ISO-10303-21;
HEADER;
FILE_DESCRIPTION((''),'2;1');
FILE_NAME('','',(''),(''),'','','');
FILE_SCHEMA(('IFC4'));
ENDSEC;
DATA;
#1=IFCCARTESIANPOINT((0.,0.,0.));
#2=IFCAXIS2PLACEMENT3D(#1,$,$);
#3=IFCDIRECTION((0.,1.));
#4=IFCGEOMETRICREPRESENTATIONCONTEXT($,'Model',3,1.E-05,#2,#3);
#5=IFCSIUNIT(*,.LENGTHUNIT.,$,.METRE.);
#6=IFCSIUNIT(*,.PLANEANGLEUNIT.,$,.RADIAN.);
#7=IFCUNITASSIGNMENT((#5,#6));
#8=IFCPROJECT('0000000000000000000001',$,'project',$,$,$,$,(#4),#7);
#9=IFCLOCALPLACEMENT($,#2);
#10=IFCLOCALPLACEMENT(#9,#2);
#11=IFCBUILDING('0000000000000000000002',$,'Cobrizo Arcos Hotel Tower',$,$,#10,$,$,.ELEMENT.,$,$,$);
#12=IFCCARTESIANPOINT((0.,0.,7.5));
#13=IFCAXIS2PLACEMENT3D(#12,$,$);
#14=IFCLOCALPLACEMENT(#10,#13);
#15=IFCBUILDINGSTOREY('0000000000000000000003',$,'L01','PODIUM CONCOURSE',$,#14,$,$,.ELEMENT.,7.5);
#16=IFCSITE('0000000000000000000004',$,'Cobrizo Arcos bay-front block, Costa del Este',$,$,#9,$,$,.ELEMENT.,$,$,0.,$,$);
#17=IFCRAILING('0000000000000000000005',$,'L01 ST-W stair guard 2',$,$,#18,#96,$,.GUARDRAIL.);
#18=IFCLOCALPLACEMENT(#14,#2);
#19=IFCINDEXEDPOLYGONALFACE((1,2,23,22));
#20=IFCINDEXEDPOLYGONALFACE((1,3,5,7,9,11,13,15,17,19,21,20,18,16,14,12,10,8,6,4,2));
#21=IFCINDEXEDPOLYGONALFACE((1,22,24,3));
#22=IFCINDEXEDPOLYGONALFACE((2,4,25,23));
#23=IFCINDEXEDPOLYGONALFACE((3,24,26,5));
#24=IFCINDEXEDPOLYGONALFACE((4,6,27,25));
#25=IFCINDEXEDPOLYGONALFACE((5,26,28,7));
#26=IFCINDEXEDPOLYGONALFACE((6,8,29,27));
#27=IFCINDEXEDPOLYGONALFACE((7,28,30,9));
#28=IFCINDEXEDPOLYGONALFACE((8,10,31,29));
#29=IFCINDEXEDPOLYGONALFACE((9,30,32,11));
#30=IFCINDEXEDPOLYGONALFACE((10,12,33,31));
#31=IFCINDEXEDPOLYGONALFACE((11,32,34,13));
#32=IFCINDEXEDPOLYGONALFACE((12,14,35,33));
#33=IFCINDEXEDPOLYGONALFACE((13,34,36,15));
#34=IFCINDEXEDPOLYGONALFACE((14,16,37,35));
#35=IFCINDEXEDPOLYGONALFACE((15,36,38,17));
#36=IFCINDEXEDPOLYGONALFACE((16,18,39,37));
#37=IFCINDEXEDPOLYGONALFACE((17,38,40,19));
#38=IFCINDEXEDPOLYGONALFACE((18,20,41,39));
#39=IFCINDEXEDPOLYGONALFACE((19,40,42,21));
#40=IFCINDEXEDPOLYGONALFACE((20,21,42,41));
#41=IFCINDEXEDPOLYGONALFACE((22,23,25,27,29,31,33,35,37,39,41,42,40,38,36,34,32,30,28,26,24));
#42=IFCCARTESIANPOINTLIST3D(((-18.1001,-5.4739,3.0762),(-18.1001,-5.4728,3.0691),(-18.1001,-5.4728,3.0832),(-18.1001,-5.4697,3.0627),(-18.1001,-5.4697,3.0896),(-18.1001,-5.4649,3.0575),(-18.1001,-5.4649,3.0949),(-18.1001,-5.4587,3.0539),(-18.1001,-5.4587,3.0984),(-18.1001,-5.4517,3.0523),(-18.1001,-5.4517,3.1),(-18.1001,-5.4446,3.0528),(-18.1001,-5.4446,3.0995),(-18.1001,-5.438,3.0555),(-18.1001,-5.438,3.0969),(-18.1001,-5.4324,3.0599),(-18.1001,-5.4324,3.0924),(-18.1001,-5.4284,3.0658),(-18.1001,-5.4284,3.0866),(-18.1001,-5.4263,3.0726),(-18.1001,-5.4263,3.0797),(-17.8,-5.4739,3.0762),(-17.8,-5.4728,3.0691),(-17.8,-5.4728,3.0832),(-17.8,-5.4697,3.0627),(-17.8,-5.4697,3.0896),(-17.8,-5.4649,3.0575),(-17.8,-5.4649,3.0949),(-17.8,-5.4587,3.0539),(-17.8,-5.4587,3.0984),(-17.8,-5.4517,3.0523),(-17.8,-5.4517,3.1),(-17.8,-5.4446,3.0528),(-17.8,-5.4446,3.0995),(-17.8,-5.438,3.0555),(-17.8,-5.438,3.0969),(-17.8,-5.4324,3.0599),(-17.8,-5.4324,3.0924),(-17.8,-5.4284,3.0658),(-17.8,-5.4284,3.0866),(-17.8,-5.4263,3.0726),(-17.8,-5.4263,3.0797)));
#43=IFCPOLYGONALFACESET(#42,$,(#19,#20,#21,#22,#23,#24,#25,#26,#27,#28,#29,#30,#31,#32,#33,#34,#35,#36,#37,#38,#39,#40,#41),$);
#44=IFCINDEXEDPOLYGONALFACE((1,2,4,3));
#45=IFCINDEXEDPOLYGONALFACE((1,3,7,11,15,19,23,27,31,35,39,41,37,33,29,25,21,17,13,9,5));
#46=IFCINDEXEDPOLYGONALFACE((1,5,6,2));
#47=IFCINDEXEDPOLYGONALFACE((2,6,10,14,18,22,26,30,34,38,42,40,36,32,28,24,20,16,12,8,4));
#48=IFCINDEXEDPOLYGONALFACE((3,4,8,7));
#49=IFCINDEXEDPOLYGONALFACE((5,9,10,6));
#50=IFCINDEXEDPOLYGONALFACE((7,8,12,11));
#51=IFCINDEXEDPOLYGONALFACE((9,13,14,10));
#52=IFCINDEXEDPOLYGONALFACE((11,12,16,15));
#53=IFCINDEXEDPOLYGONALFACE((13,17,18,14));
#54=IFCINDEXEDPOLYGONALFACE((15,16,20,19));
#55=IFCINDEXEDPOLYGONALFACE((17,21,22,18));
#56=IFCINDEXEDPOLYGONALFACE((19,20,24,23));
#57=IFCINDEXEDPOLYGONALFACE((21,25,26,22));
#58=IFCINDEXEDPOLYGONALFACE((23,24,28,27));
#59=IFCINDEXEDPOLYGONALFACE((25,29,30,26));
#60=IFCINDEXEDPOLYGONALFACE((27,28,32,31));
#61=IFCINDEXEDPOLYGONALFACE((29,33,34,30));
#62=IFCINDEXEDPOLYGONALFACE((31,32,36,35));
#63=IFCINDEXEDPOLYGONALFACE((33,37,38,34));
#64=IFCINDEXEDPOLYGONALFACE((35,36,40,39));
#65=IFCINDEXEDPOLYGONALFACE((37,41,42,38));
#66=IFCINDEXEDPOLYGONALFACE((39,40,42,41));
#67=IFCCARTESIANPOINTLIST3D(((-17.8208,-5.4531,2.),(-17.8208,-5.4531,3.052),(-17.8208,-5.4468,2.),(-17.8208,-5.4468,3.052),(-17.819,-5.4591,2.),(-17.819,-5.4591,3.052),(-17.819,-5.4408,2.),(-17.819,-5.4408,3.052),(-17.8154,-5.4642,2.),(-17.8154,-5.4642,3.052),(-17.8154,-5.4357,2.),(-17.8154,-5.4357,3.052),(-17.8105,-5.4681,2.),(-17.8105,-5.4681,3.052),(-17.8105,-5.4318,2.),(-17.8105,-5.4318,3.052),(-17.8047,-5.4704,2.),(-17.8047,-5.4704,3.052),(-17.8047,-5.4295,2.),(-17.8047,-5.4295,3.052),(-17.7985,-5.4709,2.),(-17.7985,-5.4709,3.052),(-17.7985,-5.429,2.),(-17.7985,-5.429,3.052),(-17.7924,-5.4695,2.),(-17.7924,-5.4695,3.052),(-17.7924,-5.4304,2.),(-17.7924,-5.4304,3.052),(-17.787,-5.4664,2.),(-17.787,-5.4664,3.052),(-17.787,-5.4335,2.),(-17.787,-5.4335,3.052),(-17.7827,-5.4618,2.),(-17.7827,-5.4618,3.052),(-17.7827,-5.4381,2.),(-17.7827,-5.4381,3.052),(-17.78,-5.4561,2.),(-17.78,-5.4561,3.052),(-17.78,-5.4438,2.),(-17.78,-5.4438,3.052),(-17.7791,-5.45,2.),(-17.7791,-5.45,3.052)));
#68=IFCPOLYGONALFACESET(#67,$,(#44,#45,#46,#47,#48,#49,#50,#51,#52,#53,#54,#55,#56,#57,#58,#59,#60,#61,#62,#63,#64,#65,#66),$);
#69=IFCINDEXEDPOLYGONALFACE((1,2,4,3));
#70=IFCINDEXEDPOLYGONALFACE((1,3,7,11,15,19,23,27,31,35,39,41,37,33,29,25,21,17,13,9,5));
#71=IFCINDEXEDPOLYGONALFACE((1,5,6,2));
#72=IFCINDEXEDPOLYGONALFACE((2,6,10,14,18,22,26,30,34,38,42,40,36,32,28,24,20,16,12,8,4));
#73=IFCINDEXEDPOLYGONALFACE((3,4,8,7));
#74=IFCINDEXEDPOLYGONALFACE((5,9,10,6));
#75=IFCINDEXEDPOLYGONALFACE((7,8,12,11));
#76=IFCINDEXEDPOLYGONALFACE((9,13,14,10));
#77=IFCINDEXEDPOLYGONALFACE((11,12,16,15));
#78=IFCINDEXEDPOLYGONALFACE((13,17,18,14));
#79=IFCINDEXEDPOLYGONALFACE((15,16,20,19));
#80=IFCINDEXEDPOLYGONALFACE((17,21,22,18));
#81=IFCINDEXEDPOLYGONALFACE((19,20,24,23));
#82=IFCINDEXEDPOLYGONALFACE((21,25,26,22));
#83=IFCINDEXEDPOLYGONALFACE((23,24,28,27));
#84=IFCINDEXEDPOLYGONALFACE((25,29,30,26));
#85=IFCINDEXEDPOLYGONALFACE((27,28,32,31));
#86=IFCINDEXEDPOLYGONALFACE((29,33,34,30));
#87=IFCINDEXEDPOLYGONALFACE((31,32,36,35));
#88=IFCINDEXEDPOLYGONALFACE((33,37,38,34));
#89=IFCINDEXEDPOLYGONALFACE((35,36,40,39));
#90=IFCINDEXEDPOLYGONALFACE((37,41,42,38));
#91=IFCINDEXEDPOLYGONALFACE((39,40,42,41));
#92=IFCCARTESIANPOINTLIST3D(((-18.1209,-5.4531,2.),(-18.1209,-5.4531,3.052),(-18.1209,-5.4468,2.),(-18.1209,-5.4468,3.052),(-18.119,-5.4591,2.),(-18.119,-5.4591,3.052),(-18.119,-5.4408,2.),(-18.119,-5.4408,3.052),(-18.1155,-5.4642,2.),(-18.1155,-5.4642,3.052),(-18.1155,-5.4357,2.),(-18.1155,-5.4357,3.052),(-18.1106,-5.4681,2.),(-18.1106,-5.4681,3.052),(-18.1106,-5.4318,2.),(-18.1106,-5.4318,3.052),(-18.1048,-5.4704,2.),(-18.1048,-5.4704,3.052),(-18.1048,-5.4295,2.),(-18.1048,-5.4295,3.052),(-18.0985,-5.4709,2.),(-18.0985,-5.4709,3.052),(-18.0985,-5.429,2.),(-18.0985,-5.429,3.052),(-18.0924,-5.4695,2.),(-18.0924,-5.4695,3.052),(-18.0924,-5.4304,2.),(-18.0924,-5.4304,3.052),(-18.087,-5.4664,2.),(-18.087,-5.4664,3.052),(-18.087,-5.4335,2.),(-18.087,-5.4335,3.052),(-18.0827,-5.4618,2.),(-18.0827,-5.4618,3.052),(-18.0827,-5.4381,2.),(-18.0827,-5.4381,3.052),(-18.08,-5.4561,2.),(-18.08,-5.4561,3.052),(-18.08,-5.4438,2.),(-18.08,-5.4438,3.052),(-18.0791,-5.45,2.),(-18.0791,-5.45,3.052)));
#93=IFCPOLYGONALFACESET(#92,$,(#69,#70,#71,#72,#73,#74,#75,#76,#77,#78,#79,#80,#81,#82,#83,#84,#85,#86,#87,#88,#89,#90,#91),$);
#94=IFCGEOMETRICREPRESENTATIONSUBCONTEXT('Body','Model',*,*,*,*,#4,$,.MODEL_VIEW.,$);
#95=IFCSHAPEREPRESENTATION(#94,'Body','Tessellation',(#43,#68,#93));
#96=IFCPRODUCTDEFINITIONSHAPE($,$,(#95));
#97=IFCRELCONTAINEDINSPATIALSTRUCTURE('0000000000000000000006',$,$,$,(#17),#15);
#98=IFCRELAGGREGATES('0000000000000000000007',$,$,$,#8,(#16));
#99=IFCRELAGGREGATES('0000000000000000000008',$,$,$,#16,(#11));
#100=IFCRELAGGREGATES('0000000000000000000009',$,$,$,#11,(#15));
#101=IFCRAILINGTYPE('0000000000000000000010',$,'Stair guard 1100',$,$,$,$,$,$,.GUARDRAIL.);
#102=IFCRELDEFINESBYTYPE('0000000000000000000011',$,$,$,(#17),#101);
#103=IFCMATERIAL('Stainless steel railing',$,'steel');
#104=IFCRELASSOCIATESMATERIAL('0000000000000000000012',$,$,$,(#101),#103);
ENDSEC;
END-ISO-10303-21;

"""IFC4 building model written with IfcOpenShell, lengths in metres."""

from ifc_helpers import new_model, si_unit, direction, frame, origin, origin_2d, place, context, subcontext, project, spatial, circle, extrude, material, type_object, element, save


model = new_model("IFC4")

# Units and contexts
model_context = context("Model", 3, precision=1e-05, world=origin(), true_north=direction((0.0, 1.0)))
body_context = subcontext(model_context, "Body", "Model", "MODEL_VIEW")
ifc_project = project(units=[si_unit("LENGTHUNIT", "METRE"), si_unit("PLANEANGLEUNIT", "RADIAN")], contexts=[model_context])

# Site, building, storey
site_placement = place(None, origin())
site = spatial("IfcSite", under=ifc_project, at=site_placement, Name="Cobrizo Arcos bay-front block, Costa del Este", CompositionType="ELEMENT", RefElevation=0.0)
building_placement = place(site_placement, origin())
building = spatial("IfcBuilding", under=site, at=building_placement, Name="Cobrizo Arcos Hotel Tower", CompositionType="ELEMENT")
storey_placement = place(building_placement, frame((0.0, 0.0, 7.5)))
storey = spatial("IfcBuildingStorey", under=building, at=storey_placement, Name="L01", Description="PODIUM CONCOURSE", CompositionType="ELEMENT", Elevation=7.5)

# Railing
ifc_material_1 = material(Name="Stainless steel railing", Category="steel")
railing_type_1 = type_object("IfcRailingType", Name="Stair guard 1100", PredefinedType="GUARDRAIL", material=ifc_material_1)
railing_1_placement = place(storey_placement, frame((-17.8, -5.45, 2.0)))
element("IfcRailing", 1, at=railing_1_placement, inside=storey, type_object=railing_type_1, Name="L01 ST-W stair guard 2", PredefinedType="GUARDRAIL", context=body_context, shape_type="SweptSolid", body=[
    extrude(circle(Radius=0.0239, at=origin_2d()), frame((0.0, 0.0, 1.0762), z_axis=(-1.0, 0.0, 0.0), x_axis=(0.0, -1.0, 0.0)), (0.0, 0.0, 1.0), 0.3),
    extrude(circle(Radius=0.021, at=origin_2d()), origin(), (0.0, 0.0, 1.0), 1.052),
    extrude(circle(Radius=0.021, at=origin_2d()), frame((-0.3, 0.0, 0.0)), (0.0, 0.0, 1.0), 1.052),
])

save(model, "model.ifc")
